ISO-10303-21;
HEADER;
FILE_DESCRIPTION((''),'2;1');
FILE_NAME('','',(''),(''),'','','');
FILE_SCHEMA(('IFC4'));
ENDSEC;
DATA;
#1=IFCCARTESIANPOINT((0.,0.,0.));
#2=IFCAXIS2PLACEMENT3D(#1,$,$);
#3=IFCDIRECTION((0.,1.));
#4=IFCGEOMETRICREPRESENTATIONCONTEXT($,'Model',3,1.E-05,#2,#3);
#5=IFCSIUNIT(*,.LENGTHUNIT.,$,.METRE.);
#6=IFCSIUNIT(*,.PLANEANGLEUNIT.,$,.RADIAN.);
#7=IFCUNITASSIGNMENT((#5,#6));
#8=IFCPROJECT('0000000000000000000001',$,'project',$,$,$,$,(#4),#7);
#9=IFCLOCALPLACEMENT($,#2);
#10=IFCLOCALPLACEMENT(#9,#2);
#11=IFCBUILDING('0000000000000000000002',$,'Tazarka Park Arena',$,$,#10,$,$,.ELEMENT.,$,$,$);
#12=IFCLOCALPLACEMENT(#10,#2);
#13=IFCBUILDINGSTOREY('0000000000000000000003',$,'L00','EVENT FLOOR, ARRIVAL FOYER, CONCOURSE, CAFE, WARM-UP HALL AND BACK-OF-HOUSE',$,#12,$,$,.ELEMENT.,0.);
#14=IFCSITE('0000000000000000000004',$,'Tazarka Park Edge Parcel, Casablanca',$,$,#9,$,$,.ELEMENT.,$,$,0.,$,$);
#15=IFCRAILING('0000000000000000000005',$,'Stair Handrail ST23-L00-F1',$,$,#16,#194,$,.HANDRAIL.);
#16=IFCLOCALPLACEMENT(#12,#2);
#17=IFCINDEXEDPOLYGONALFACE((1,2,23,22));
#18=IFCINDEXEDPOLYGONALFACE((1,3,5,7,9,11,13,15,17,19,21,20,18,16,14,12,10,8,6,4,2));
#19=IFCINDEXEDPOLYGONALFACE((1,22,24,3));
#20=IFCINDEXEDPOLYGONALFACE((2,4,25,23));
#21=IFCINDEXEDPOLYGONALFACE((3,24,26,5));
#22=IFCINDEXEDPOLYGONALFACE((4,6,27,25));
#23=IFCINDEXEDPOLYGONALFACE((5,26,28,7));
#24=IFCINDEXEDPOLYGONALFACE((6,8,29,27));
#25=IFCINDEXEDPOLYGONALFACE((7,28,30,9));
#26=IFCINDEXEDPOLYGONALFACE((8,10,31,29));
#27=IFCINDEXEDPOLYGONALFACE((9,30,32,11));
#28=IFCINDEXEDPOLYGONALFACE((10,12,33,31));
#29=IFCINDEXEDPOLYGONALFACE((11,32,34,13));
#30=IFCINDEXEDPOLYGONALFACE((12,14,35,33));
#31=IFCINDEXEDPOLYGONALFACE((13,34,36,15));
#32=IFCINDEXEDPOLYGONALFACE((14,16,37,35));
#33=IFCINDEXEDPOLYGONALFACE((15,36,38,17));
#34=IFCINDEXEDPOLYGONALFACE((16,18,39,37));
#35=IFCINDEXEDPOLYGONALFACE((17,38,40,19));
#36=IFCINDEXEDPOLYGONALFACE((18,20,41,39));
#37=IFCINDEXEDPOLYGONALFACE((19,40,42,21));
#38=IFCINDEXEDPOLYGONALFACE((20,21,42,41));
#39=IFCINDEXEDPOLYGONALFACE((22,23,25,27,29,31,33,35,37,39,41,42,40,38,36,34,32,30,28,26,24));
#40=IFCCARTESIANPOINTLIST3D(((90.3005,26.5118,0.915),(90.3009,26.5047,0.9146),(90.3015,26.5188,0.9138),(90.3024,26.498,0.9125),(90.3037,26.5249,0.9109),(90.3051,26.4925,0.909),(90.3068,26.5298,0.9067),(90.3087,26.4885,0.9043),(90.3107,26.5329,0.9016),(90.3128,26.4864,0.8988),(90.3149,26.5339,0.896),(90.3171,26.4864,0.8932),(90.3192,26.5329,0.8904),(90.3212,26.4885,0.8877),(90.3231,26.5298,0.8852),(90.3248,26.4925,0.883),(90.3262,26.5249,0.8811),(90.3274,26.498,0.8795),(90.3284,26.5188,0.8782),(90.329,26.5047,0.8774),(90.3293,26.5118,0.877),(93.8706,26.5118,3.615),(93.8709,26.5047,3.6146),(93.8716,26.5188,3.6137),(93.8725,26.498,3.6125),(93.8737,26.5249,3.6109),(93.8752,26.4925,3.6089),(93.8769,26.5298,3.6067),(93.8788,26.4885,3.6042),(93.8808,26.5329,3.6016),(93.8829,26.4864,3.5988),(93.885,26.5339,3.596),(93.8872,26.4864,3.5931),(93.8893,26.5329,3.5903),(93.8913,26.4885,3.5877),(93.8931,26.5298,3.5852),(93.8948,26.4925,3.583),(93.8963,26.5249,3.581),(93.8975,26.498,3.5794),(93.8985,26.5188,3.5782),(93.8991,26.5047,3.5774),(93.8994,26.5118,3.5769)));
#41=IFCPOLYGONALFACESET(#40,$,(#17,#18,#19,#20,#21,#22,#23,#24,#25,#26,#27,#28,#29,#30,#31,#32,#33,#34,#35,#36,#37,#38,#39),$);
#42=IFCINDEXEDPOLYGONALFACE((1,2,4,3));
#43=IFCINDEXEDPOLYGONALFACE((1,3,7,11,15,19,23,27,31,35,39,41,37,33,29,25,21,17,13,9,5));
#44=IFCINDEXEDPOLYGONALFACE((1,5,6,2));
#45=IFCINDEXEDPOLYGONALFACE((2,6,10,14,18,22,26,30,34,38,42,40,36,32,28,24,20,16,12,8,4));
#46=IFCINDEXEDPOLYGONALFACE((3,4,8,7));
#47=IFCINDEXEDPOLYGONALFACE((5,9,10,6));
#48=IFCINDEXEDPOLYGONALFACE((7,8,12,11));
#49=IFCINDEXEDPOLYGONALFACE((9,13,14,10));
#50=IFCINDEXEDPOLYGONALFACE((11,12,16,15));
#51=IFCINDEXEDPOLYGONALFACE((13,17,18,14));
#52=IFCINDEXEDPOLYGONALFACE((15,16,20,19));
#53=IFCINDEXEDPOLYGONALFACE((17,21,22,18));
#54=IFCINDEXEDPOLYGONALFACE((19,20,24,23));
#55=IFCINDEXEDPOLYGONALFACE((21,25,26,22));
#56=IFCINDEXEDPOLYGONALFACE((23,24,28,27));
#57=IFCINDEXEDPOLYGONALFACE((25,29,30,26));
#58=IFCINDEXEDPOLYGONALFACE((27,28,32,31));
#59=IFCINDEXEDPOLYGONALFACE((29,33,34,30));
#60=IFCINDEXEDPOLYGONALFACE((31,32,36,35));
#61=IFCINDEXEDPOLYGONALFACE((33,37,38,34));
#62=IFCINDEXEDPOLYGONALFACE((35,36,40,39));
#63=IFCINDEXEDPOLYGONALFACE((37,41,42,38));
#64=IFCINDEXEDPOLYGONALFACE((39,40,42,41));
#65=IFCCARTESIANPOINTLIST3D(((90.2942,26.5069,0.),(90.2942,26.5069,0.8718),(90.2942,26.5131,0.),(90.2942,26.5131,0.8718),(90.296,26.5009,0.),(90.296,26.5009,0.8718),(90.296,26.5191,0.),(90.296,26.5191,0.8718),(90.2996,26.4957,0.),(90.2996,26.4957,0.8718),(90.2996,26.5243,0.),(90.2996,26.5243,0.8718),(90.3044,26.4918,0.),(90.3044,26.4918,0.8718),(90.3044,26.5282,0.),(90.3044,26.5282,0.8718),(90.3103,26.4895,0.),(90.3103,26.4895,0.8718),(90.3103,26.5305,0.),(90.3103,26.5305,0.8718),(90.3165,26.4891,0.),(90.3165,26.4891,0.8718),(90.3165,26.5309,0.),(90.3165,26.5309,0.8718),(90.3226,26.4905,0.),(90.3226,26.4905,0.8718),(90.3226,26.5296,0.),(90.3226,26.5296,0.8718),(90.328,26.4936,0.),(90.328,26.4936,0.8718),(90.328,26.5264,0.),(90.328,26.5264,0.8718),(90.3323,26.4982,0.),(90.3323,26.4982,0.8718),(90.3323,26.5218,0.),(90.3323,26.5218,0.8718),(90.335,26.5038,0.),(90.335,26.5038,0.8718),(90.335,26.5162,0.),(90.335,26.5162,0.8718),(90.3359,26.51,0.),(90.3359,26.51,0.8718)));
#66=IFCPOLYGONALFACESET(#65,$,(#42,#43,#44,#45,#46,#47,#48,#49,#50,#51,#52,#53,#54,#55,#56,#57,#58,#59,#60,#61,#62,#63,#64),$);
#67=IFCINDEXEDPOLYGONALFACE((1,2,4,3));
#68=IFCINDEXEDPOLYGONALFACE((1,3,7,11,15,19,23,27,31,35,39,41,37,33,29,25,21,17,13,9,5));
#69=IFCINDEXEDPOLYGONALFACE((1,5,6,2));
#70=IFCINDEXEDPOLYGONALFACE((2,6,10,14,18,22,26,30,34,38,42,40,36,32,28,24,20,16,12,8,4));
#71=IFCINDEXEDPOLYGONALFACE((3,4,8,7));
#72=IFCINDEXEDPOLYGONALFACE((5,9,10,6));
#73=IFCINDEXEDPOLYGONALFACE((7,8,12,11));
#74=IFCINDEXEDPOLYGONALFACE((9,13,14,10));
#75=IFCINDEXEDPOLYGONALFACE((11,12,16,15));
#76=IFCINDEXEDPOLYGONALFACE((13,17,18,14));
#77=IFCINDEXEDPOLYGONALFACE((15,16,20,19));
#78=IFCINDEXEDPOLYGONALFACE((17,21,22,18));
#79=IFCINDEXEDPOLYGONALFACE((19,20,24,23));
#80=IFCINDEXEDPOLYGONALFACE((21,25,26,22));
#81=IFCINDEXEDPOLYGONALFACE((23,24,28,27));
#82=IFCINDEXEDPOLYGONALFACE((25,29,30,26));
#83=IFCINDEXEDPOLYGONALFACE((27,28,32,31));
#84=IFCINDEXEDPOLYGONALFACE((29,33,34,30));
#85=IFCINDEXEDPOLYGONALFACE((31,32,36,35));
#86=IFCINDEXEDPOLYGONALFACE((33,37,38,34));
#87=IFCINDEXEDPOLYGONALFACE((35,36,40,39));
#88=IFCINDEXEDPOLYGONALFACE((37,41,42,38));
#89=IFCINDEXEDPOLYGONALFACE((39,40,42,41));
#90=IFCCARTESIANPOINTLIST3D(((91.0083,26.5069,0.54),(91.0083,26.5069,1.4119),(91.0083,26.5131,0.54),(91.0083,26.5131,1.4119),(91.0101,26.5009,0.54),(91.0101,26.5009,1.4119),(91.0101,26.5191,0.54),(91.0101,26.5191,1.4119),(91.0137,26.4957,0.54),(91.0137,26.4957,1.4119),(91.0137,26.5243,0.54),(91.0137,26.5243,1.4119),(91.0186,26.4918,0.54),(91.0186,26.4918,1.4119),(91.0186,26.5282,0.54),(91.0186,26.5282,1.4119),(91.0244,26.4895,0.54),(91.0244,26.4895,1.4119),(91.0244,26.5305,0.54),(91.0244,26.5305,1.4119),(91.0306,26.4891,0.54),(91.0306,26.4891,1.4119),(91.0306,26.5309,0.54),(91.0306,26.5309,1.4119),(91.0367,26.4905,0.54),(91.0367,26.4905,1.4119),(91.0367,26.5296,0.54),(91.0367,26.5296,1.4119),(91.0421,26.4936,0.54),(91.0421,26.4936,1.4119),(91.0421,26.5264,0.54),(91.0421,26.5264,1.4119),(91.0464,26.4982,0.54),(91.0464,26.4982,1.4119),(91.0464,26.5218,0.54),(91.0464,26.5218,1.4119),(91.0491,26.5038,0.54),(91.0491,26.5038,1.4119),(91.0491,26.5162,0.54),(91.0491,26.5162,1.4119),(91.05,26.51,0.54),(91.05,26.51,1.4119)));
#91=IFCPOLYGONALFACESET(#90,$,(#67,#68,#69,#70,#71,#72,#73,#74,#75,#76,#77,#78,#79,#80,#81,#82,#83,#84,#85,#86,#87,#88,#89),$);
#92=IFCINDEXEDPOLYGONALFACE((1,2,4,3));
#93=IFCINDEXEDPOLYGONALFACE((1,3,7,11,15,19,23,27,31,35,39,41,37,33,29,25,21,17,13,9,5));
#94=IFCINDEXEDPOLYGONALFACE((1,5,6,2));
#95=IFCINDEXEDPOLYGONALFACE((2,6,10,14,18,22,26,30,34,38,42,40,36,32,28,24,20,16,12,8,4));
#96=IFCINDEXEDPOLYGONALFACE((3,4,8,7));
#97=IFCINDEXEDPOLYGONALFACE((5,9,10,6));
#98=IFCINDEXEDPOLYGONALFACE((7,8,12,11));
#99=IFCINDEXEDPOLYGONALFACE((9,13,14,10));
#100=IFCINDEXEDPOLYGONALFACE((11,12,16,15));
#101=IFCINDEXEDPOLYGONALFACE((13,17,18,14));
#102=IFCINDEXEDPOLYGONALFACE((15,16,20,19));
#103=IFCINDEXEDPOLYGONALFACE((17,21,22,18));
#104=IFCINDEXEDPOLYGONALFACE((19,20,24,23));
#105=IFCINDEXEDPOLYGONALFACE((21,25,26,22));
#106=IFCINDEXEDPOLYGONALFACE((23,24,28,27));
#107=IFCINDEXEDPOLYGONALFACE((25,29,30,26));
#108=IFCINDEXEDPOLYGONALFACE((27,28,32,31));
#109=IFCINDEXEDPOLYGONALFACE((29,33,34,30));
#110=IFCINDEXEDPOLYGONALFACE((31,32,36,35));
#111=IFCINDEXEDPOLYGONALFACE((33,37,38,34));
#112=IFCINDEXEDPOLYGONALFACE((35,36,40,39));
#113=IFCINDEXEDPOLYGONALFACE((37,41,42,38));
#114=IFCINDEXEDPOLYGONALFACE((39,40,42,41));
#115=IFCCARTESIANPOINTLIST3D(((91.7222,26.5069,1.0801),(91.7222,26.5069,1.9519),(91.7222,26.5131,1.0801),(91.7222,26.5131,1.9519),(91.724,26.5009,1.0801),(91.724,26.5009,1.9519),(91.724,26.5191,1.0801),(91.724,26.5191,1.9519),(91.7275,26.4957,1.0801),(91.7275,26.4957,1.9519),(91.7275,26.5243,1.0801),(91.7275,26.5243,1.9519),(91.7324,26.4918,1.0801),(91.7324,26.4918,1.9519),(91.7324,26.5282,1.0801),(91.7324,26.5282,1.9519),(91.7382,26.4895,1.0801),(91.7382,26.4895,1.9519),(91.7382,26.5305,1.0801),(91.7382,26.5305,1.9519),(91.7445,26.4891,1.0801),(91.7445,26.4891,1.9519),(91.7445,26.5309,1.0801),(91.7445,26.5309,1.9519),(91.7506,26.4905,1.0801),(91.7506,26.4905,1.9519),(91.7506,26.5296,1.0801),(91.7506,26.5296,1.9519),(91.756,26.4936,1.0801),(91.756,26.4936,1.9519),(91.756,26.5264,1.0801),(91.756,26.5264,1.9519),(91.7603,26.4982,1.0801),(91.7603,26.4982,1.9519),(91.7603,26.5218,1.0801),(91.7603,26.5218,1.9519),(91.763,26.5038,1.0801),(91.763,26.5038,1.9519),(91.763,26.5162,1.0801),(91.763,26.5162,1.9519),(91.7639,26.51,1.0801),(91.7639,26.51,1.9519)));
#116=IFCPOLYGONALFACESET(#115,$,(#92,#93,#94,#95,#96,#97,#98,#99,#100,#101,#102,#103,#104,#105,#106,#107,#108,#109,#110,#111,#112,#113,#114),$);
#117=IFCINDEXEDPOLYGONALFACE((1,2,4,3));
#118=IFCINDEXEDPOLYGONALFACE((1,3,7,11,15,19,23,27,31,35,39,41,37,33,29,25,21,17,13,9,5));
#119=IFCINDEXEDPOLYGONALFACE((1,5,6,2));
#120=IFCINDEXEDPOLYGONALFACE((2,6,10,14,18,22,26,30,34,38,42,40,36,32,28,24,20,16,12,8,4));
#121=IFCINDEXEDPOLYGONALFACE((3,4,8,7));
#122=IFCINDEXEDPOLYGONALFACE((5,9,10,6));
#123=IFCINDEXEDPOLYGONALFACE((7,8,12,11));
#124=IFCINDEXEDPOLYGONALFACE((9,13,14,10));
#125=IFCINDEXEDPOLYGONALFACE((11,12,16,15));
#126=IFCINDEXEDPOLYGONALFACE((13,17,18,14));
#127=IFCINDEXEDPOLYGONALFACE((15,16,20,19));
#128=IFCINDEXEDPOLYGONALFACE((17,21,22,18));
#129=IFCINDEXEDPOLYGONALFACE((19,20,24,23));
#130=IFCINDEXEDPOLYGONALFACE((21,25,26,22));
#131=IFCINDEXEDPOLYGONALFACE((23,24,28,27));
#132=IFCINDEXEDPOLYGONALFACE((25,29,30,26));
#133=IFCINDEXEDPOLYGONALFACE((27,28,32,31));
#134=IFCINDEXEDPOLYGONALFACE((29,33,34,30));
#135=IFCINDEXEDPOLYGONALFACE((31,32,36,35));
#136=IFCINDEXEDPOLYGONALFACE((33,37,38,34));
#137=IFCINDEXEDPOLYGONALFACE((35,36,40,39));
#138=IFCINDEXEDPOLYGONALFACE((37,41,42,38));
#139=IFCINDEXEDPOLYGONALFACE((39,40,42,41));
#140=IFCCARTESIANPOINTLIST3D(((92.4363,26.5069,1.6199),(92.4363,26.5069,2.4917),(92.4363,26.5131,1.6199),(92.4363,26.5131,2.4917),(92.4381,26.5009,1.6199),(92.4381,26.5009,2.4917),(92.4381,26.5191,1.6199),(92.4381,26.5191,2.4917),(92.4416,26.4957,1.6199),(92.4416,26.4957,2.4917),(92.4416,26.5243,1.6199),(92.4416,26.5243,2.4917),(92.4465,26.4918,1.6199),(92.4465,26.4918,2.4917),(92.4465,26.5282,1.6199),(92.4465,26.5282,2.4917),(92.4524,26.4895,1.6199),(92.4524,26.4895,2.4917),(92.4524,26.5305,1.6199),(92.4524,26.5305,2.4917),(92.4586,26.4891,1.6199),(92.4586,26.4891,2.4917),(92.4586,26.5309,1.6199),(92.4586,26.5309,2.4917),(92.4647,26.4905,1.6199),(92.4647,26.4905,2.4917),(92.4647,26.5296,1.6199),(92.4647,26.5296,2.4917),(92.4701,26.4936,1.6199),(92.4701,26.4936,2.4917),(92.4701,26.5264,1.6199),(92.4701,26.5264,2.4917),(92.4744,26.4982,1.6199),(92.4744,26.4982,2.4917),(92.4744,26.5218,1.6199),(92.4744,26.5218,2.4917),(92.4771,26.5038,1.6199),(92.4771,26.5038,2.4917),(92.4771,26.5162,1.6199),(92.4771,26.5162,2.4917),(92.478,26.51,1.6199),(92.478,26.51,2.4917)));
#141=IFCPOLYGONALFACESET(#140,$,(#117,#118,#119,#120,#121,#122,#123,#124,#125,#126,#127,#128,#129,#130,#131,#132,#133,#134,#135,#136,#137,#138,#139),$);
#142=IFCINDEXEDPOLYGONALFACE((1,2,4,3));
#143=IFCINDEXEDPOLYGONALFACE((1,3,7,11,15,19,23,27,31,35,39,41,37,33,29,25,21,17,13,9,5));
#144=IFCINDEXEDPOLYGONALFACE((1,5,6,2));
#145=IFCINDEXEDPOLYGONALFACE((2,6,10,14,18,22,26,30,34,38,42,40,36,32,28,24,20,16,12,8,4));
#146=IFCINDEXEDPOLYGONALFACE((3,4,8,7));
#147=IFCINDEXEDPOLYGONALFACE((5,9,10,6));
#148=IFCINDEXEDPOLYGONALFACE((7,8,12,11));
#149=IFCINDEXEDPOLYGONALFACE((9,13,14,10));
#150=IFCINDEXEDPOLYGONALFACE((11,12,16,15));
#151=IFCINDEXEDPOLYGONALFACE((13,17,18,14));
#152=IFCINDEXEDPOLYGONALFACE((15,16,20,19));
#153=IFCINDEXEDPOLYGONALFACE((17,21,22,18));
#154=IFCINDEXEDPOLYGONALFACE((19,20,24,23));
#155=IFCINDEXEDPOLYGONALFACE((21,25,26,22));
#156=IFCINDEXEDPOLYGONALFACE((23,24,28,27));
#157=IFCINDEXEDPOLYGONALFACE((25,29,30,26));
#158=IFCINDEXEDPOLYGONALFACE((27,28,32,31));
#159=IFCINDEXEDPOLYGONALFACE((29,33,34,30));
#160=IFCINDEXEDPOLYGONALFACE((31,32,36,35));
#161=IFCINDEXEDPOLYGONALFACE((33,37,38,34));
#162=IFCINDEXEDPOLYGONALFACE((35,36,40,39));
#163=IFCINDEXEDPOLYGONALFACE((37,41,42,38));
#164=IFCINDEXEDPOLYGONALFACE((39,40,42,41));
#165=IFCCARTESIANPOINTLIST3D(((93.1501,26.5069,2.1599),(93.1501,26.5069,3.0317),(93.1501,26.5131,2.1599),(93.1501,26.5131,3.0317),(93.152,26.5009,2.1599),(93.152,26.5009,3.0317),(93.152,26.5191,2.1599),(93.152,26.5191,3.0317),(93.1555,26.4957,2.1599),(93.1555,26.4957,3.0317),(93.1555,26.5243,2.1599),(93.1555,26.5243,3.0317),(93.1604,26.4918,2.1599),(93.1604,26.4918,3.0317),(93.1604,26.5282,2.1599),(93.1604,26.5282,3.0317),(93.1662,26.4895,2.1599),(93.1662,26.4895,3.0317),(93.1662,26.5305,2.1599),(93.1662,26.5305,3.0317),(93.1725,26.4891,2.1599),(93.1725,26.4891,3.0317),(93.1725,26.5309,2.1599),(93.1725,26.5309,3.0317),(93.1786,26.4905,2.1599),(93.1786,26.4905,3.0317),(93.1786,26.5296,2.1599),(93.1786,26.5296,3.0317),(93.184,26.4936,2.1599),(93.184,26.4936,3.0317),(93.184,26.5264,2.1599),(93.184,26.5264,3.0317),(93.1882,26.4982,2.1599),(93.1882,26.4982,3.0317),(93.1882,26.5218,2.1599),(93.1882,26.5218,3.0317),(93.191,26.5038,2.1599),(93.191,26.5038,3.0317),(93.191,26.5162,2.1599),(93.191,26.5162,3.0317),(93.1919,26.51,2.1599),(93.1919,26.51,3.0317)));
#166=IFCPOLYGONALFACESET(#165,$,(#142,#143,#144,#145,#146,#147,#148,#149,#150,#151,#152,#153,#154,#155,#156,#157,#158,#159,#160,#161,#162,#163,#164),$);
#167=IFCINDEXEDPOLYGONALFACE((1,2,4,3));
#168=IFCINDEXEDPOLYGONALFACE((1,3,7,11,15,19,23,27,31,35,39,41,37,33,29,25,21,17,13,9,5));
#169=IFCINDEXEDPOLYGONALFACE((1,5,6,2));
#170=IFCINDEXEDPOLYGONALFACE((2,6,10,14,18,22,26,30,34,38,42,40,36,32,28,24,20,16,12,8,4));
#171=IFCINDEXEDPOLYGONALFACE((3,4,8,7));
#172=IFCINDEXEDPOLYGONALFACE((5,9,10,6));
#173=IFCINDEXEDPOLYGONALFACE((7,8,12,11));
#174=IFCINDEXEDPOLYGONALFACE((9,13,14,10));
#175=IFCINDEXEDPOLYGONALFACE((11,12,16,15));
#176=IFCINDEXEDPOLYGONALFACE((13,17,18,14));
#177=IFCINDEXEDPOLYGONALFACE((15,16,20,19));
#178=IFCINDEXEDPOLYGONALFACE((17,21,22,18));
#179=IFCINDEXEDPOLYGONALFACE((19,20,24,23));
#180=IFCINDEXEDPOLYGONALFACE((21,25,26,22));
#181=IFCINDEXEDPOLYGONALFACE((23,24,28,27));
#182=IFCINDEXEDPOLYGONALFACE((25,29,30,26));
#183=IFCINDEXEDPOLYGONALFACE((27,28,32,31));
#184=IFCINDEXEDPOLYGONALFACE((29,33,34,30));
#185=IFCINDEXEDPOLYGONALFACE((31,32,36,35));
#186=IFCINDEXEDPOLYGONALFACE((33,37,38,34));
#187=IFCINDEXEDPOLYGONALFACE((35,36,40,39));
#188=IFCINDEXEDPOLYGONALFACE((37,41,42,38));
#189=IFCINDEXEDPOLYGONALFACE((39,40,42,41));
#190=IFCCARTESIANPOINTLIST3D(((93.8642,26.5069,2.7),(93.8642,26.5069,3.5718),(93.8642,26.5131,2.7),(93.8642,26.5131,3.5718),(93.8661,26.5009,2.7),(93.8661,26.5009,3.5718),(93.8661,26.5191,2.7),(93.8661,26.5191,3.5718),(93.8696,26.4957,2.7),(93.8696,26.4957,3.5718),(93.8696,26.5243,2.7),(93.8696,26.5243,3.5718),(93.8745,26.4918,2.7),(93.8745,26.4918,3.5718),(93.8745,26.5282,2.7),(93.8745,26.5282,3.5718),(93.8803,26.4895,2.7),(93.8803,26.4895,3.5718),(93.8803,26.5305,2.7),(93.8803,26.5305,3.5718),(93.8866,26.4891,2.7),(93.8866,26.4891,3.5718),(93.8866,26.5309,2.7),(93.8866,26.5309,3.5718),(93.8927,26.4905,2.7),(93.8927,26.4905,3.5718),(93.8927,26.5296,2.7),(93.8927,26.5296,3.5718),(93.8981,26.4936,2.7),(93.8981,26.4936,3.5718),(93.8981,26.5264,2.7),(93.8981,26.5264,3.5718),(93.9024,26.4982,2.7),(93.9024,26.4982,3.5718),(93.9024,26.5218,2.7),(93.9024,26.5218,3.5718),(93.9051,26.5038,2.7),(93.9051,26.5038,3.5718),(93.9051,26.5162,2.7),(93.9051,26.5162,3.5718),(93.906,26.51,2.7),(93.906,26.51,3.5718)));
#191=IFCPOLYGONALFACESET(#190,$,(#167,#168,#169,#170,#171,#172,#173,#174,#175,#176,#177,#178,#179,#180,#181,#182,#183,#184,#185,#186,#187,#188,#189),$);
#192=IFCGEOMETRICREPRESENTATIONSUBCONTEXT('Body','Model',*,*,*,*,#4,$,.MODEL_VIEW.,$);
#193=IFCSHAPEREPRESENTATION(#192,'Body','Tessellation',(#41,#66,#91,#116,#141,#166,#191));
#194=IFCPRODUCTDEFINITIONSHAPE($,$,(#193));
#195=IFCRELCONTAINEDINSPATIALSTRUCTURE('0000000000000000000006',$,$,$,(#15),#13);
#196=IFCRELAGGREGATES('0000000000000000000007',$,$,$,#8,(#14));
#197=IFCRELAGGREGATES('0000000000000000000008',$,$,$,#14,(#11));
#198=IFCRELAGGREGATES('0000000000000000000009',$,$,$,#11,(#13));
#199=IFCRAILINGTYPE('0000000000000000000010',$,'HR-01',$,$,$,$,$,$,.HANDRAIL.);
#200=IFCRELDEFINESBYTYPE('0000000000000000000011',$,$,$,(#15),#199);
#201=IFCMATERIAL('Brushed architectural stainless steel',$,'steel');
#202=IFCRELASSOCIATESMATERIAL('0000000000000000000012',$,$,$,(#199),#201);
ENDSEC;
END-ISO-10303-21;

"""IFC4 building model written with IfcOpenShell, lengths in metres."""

from ifc_helpers import new_model, si_unit, direction, frame, origin, origin_2d, place, context, subcontext, project, spatial, circle, extrude, material, type_object, element, save


model = new_model("IFC4")

# Units and contexts
model_context = context("Model", 3, precision=1e-05, world=origin(), true_north=direction((0.0, 1.0)))
body_context = subcontext(model_context, "Body", "Model", "MODEL_VIEW")
ifc_project = project(units=[si_unit("LENGTHUNIT", "METRE"), si_unit("PLANEANGLEUNIT", "RADIAN")], contexts=[model_context])

# Site, building, storey
site_placement = place(None, origin())
site = spatial("IfcSite", under=ifc_project, at=site_placement, Name="Tazarka Park Edge Parcel, Casablanca", CompositionType="ELEMENT", RefElevation=0.0)
building_placement = place(site_placement, origin())
building = spatial("IfcBuilding", under=site, at=building_placement, Name="Tazarka Park Arena", CompositionType="ELEMENT")
storey_placement = place(building_placement, origin())
storey = spatial("IfcBuildingStorey", under=building, at=storey_placement, Name="L00", Description="EVENT FLOOR, ARRIVAL FOYER, CONCOURSE, CAFE, WARM-UP HALL AND BACK-OF-HOUSE", CompositionType="ELEMENT", Elevation=0.0)

# Railing
ifc_material_1 = material(Name="Brushed architectural stainless steel", Category="steel")
railing_type_1 = type_object("IfcRailingType", Name="HR-01", PredefinedType="HANDRAIL", material=ifc_material_1)
railing_placement = place(storey_placement, frame((90.3149, 26.51, 0.0)))
element("IfcRailing", 1, at=railing_placement, inside=storey, type_object=railing_type_1, Name="Stair Handrail ST23-L00-F1", PredefinedType="HANDRAIL", context=body_context, shape_type="SweptSolid", body=[
    extrude(circle(Radius=0.0239, at=origin_2d()), frame((0.0, 0.0, 0.896), z_axis=(0.797591, 0.0, 0.603198), x_axis=(0.0, 1.0, 0.0)), (0.0, 0.0, 1.0), 4.4761),
    extrude(circle(Radius=0.021, at=origin_2d()), origin(), (0.0, 0.0, 1.0), 0.8718),
    extrude(circle(Radius=0.021, at=origin_2d()), frame((0.7141, 0.0, 0.54)), (0.0, 0.0, 1.0), 0.8718),
    extrude(circle(Radius=0.021, at=origin_2d()), frame((1.428, 0.0, 1.0801)), (0.0, 0.0, 1.0), 0.8718),
    extrude(circle(Radius=0.021, at=origin_2d()), frame((2.1421, 0.0, 1.6199)), (0.0, 0.0, 1.0), 0.8718),
    extrude(circle(Radius=0.021, at=origin_2d()), frame((2.856, 0.0, 2.1599)), (0.0, 0.0, 1.0), 0.8718),
    extrude(circle(Radius=0.021, at=origin_2d()), frame((3.5701, 0.0, 2.7)), (0.0, 0.0, 1.0), 0.8718),
])

save(model, "model.ifc")
